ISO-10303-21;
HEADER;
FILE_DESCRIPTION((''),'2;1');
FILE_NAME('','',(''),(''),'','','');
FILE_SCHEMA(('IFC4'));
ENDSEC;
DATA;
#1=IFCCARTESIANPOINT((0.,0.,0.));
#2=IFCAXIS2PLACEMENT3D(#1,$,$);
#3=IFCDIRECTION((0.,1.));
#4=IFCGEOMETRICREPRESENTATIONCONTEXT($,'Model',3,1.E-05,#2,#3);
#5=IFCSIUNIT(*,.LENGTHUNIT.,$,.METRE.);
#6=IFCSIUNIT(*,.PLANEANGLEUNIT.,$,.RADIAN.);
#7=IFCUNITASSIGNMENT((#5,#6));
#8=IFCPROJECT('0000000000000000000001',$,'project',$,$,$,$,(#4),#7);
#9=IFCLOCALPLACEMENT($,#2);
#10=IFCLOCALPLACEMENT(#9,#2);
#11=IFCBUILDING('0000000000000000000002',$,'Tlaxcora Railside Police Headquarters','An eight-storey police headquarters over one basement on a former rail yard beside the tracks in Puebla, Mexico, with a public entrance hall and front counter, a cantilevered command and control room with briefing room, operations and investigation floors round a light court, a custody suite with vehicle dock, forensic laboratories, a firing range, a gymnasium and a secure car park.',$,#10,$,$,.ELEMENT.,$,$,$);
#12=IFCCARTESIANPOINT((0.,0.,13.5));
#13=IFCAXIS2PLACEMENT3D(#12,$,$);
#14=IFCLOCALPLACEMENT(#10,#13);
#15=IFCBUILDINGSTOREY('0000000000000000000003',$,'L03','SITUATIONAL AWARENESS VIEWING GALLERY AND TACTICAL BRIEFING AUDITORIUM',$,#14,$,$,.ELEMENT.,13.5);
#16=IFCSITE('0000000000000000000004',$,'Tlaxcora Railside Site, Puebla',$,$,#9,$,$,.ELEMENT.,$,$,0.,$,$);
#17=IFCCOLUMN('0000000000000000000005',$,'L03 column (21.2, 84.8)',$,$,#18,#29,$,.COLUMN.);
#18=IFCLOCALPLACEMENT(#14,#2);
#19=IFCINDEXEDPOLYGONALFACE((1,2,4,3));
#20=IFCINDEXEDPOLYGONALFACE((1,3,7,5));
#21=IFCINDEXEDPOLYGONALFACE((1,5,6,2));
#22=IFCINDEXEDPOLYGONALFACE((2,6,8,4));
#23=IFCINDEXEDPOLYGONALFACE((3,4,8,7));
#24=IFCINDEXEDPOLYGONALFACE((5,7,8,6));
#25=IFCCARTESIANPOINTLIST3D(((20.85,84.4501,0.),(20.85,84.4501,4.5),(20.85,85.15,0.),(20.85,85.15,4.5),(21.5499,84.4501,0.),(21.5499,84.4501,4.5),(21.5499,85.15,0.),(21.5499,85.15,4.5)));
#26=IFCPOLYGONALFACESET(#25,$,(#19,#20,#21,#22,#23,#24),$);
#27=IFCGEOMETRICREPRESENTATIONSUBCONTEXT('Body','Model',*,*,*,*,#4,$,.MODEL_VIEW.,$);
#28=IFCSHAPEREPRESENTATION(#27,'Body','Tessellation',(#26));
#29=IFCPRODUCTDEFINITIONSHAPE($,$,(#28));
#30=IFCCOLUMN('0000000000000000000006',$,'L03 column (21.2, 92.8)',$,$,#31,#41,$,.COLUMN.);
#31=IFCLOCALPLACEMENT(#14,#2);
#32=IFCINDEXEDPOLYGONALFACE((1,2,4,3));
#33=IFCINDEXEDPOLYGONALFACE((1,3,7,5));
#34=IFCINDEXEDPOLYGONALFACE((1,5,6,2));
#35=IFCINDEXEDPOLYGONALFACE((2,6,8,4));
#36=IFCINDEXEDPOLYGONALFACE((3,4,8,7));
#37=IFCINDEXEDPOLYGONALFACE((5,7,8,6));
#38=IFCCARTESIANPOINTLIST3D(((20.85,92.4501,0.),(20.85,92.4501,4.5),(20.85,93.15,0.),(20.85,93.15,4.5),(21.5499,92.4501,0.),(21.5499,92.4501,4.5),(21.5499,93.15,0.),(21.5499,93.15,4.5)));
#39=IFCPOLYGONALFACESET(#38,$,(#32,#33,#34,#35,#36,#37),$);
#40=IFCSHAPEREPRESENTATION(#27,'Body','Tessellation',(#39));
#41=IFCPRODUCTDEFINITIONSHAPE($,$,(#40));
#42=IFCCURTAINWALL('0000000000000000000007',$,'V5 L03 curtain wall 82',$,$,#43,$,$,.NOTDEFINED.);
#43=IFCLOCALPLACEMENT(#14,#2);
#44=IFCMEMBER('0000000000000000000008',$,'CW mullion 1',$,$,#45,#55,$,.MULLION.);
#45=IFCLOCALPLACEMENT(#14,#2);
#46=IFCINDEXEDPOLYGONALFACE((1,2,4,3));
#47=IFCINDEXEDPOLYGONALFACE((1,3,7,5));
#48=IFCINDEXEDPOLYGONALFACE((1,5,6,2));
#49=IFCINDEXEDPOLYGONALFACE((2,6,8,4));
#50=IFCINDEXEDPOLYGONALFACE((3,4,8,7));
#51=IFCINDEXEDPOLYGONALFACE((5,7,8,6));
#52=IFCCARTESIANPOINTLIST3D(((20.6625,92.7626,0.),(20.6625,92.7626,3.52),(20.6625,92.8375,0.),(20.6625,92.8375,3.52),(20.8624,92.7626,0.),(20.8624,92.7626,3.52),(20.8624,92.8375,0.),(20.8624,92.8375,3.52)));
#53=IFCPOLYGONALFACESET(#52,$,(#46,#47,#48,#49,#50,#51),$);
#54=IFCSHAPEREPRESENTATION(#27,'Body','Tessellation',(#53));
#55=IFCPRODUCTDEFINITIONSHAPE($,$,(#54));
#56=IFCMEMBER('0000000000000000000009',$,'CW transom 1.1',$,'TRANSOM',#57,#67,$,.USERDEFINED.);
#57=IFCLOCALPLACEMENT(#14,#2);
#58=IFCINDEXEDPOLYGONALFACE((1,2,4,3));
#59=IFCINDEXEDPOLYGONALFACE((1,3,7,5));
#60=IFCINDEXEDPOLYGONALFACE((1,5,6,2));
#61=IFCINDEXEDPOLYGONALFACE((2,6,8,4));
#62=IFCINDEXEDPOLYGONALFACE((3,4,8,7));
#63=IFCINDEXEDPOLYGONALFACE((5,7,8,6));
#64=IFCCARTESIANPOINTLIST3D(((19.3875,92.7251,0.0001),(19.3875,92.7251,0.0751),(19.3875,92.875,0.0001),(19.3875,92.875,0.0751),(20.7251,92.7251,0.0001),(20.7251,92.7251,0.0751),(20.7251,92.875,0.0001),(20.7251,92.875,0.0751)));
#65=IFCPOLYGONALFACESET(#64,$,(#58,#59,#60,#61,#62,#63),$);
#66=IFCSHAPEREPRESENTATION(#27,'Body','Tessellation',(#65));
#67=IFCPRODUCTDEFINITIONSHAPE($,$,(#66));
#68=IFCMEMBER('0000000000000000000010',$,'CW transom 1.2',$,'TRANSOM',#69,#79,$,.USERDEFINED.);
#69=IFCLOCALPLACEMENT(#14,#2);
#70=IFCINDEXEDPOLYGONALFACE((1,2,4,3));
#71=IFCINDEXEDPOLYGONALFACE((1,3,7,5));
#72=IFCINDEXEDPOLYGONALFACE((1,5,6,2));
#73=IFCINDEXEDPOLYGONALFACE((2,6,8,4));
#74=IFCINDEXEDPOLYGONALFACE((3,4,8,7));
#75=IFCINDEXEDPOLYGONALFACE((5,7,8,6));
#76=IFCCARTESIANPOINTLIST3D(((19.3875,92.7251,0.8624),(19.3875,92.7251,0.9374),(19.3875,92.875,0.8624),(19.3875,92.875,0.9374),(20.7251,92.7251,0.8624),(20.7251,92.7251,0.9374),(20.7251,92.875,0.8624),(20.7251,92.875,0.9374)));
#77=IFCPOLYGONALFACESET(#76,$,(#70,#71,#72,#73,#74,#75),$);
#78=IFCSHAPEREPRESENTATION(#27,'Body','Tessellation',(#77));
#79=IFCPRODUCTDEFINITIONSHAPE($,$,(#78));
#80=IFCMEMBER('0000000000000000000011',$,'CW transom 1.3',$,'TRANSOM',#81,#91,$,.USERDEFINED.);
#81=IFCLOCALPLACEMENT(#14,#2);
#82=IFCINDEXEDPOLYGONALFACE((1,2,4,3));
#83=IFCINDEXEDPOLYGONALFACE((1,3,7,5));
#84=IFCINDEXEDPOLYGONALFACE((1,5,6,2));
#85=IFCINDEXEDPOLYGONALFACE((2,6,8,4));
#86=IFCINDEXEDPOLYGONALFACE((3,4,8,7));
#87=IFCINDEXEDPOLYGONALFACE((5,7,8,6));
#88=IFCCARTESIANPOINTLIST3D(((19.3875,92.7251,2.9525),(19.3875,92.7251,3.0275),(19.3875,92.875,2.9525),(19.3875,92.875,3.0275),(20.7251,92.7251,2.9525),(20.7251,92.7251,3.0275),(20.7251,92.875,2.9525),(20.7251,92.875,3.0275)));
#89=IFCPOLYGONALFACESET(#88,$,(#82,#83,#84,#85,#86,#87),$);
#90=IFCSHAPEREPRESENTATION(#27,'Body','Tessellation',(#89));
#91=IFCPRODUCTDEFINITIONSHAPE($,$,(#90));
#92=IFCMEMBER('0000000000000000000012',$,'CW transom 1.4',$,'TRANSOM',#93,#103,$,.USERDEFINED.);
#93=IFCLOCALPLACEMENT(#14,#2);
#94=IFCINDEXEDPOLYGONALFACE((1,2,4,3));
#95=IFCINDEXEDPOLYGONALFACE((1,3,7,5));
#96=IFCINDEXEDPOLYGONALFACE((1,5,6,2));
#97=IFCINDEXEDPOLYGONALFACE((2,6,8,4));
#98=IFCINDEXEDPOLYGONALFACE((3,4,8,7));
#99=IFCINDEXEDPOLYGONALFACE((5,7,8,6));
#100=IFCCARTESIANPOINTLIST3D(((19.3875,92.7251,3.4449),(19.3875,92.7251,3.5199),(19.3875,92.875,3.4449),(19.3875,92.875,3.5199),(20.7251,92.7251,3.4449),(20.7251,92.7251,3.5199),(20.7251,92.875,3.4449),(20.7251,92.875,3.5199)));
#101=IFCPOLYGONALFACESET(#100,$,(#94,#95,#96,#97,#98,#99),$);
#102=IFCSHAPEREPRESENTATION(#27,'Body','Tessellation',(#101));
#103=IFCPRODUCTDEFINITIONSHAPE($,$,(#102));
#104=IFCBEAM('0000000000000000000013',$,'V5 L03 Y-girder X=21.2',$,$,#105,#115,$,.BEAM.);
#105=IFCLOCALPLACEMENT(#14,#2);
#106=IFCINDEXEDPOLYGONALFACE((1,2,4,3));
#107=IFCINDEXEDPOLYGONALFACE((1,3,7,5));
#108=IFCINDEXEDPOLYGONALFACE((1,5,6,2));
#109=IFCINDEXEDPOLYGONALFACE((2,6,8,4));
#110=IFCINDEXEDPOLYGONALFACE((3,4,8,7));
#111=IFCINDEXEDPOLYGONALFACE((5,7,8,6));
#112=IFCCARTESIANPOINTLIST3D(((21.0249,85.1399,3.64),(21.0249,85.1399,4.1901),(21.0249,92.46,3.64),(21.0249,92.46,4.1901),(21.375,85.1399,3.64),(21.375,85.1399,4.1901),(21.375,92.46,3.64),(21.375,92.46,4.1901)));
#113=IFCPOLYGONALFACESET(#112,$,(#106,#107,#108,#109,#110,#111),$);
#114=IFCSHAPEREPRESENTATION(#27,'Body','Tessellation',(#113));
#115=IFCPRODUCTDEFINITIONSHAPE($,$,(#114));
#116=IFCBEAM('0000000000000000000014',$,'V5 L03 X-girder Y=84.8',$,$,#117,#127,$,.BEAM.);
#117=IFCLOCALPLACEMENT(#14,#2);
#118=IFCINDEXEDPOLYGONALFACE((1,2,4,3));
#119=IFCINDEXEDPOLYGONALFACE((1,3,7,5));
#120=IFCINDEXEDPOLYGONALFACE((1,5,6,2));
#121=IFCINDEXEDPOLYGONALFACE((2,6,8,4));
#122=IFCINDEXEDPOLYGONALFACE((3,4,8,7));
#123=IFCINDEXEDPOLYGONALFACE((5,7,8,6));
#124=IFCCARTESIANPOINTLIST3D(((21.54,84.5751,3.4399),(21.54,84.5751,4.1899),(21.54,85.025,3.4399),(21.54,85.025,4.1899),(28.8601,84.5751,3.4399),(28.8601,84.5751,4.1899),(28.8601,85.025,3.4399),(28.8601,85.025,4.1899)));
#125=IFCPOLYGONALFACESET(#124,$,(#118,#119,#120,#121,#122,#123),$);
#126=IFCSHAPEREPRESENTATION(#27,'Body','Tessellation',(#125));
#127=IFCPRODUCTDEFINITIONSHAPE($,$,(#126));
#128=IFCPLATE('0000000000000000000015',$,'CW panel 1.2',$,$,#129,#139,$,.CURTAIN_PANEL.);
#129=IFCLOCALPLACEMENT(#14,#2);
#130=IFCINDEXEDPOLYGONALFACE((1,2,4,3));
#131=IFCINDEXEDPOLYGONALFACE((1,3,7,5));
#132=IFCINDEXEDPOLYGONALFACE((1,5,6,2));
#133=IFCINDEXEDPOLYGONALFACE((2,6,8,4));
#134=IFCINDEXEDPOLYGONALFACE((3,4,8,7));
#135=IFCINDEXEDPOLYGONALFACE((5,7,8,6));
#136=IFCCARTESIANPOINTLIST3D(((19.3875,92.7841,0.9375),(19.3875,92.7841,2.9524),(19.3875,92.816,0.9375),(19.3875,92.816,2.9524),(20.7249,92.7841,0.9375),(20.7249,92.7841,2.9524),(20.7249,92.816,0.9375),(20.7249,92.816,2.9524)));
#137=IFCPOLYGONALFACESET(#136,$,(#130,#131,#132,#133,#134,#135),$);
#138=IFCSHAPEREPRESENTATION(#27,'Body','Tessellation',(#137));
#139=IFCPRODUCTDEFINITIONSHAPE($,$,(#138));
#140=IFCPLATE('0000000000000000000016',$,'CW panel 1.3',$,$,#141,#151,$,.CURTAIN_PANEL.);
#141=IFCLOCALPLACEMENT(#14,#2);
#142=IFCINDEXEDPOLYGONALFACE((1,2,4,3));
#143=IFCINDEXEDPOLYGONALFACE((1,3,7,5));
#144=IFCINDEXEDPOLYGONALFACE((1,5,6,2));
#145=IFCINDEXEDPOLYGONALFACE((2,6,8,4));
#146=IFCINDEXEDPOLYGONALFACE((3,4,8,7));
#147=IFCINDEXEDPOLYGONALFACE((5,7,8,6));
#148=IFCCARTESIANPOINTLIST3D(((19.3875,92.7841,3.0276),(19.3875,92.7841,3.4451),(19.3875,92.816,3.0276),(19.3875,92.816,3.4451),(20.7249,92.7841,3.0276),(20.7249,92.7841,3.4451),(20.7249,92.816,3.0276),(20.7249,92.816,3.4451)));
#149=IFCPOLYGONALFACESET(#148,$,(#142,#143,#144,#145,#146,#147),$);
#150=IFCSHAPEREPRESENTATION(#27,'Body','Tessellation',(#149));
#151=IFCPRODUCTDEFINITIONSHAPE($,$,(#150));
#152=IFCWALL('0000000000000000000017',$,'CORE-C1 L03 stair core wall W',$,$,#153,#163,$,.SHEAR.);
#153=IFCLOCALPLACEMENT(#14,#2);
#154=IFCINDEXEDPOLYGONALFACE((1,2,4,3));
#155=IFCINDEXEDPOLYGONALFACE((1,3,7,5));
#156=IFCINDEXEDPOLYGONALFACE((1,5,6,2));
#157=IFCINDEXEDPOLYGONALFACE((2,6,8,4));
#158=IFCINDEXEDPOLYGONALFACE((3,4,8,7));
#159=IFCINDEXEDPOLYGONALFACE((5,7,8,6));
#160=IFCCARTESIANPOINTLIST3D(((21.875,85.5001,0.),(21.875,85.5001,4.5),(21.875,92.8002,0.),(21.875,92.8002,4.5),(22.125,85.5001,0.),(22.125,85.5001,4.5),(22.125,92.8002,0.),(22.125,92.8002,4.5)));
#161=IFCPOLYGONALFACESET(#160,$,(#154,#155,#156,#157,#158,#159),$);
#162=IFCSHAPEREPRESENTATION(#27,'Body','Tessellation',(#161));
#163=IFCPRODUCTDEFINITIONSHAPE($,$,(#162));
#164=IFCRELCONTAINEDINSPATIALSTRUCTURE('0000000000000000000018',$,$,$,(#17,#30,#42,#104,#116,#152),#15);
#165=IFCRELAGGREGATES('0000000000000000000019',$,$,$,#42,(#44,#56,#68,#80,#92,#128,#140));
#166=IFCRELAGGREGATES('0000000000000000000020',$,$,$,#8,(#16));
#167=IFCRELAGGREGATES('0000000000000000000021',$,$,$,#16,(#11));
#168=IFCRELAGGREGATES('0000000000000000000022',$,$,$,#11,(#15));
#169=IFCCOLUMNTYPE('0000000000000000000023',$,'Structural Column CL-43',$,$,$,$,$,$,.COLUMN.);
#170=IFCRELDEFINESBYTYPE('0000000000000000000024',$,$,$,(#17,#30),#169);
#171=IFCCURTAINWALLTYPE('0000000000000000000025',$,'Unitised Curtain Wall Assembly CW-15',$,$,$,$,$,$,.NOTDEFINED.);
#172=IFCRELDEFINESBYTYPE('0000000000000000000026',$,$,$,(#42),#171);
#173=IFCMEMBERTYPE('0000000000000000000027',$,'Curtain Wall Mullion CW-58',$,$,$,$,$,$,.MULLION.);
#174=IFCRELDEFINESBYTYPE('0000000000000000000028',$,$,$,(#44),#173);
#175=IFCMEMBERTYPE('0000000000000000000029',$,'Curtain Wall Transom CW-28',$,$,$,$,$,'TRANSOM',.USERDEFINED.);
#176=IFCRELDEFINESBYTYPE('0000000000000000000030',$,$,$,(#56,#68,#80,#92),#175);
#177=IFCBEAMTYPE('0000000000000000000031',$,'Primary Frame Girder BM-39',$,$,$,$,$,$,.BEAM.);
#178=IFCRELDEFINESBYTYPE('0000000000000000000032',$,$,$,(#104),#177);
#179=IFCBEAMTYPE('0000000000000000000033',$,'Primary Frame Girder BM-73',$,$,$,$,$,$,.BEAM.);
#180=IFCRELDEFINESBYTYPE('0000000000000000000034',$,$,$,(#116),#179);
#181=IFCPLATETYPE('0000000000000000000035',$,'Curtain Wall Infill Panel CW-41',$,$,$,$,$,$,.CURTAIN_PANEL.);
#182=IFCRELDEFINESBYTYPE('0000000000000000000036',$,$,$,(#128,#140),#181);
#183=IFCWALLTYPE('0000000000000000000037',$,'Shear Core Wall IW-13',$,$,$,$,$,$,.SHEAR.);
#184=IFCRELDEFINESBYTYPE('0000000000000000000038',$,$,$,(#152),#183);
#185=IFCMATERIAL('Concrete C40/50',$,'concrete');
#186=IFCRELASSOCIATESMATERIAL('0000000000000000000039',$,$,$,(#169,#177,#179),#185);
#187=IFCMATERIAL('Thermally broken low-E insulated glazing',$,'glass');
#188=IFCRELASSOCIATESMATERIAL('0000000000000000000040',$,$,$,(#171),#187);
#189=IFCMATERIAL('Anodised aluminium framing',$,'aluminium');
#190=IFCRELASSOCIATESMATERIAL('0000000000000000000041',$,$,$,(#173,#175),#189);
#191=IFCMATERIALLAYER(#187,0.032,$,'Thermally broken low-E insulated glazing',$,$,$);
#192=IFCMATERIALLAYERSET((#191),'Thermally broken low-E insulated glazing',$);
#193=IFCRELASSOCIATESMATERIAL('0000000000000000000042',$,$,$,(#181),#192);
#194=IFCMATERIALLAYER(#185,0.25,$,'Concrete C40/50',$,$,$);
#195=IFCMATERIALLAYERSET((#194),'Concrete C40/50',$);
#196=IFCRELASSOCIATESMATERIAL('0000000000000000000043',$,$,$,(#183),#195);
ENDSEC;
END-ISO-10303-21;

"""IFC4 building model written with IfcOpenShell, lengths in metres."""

from ifc_helpers import new_model, si_unit, direction, frame, frame_2d, origin, origin_2d, place, context, subcontext, project, spatial, rectangle, extrude, material, layer, layer_set, material_profile, profile_set, type_object, element, aggregate, save


model = new_model("IFC4")

# Units and contexts
model_context = context("Model", 3, precision=1e-05, world=origin(), true_north=direction((0.0, 1.0)))
body_context = subcontext(model_context, "Body", "Model", "MODEL_VIEW")
ifc_project = project(units=[si_unit("LENGTHUNIT", "METRE"), si_unit("PLANEANGLEUNIT", "RADIAN")], contexts=[model_context])

# Site, building, storey
site_placement = place(None, origin())
site = spatial("IfcSite", under=ifc_project, at=site_placement, Name="Tlaxcora Railside Site, Puebla", CompositionType="ELEMENT", RefElevation=0.0)
building_placement = place(site_placement, origin())
building = spatial("IfcBuilding", under=site, at=building_placement, Name="Tlaxcora Railside Police Headquarters", Description="An eight-storey police headquarters over one basement on a former rail yard beside the tracks in Puebla, Mexico, with a public entrance hall and front counter, a cantilevered command and control room with briefing room, operations and investigation floors round a light court, a custody suite with vehicle dock, forensic laboratories, a firing range, a gymnasium and a secure car park.", CompositionType="ELEMENT")
storey_placement = place(building_placement, frame((0.0, 0.0, 13.5)))
storey = spatial("IfcBuildingStorey", under=building, at=storey_placement, Name="L03", Description="SITUATIONAL AWARENESS VIEWING GALLERY AND TACTICAL BRIEFING AUDITORIUM", CompositionType="ELEMENT", Elevation=13.5)

# Columns
ifc_material_1 = material(Name="Concrete C40/50", Category="concrete")
ifc_material_profile_1 = material_profile(ifc_material_1, rectangle(XDim=0.7, YDim=0.7, at=origin_2d()), Name="RC700X700")
ifc_profile_set_1 = profile_set([ifc_material_profile_1], Name="Concrete C40/50")
column_type = type_object("IfcColumnType", Name="Structural Column CL-43", PredefinedType="COLUMN", material=ifc_profile_set_1)
for number, where, z_axis, x_axis, name in (
    (1, (21.2, 84.8, 0.0), (0.0, 0.0, 1.0), (1.0, 0.0, 0.0), "L03 column (21.2, 84.8)"),
    (2, (21.2, 92.8, 0.0), (0.0, 0.0, 1.0), (1.0, 0.0, 0.0), "L03 column (21.2, 92.8)"),
):
    element("IfcColumn", number, at=place(storey_placement, frame(where, z_axis=z_axis, x_axis=x_axis)), inside=storey, type_object=column_type, Name=name, PredefinedType="COLUMN", context=body_context, shape_type="SweptSolid", body=[
        extrude(rectangle(XDim=0.7, YDim=0.7, at=origin_2d()), origin(), (0.0, 0.0, 1.0), 4.5),
    ])

# Curtain wall, members
ifc_material_2 = material(Name="Thermally broken low-E insulated glazing", Category="glass")
curtain_wall_type = type_object("IfcCurtainWallType", Name="Unitised Curtain Wall Assembly CW-15", PredefinedType="NOTDEFINED", material=ifc_material_2)
curtain_wall_placement = place(storey_placement, origin())
curtain_wall = element("IfcCurtainWall", 3, at=curtain_wall_placement, inside=storey, type_object=curtain_wall_type, Name="V5 L03 curtain wall 82", PredefinedType="NOTDEFINED")
ifc_material_3 = material(Name="Anodised aluminium framing", Category="aluminium")
ifc_material_profile_2 = material_profile(ifc_material_3, rectangle(XDim=0.075, YDim=0.2, at=origin_2d()), Name="AL75X200")
ifc_profile_set_2 = profile_set([ifc_material_profile_2], Name="Anodised aluminium framing")
member_type_1 = type_object("IfcMemberType", Name="Curtain Wall Mullion CW-58", PredefinedType="MULLION", material=ifc_profile_set_2)
member_1_placement = place(storey_placement, frame((20.7625, 92.8, 0.0), z_axis=(0.0, 0.0, 1.0), x_axis=(0.0, -1.0, 0.0)))
member_1 = element("IfcMember", 4, at=member_1_placement, type_object=member_type_1, Name="CW mullion 1", PredefinedType="MULLION", context=body_context, shape_type="SweptSolid", body=[
    extrude(rectangle(XDim=0.075, YDim=0.2, at=origin_2d()), origin(), (0.0, 0.0, 1.0), 3.52),
])
ifc_material_profile_3 = material_profile(ifc_material_3, rectangle(XDim=0.1499, YDim=0.075, at=origin_2d()), Name="AL75X150")
ifc_profile_set_3 = profile_set([ifc_material_profile_3], Name="Anodised aluminium framing")
member_type_2 = type_object("IfcMemberType", Name="Curtain Wall Transom CW-28", ElementType="TRANSOM", PredefinedType="USERDEFINED", material=ifc_profile_set_3)
member_2_placement = place(storey_placement, frame((20.7251, 92.8, 0.0376), z_axis=(-1.0, 0.0, 0.0), x_axis=(0.0, -1.0, 0.0)))
member_2 = element("IfcMember", 5, at=member_2_placement, type_object=member_type_2, Name="CW transom 1.1", ObjectType="TRANSOM", PredefinedType="USERDEFINED", context=body_context, shape_type="SweptSolid", body=[
    extrude(rectangle(XDim=0.1499, YDim=0.075, at=origin_2d()), origin(), (0.0, 0.0, 1.0), 1.3376),
])
member_3_placement = place(storey_placement, frame((20.7251, 92.8, 0.8999), z_axis=(-1.0, 0.0, 0.0), x_axis=(0.0, -1.0, 0.0)))
member_3 = element("IfcMember", 6, at=member_3_placement, type_object=member_type_2, Name="CW transom 1.2", ObjectType="TRANSOM", PredefinedType="USERDEFINED", context=body_context, shape_type="SweptSolid", body=[
    extrude(rectangle(XDim=0.1499, YDim=0.075, at=origin_2d()), origin(), (0.0, 0.0, 1.0), 1.3376),
])
member_4_placement = place(storey_placement, frame((20.7251, 92.8, 2.99), z_axis=(-1.0, 0.0, 0.0), x_axis=(0.0, -1.0, 0.0)))
member_4 = element("IfcMember", 7, at=member_4_placement, type_object=member_type_2, Name="CW transom 1.3", ObjectType="TRANSOM", PredefinedType="USERDEFINED", context=body_context, shape_type="SweptSolid", body=[
    extrude(rectangle(XDim=0.1499, YDim=0.075, at=origin_2d()), origin(), (0.0, 0.0, 1.0), 1.3376),
])
member_5_placement = place(storey_placement, frame((20.7251, 92.8, 3.4824), z_axis=(-1.0, 0.0, 0.0), x_axis=(0.0, -1.0, 0.0)))
member_5 = element("IfcMember", 8, at=member_5_placement, type_object=member_type_2, Name="CW transom 1.4", ObjectType="TRANSOM", PredefinedType="USERDEFINED", context=body_context, shape_type="SweptSolid", body=[
    extrude(rectangle(XDim=0.1499, YDim=0.075, at=origin_2d()), origin(), (0.0, 0.0, 1.0), 1.3376),
])

# Beams
ifc_material_profile_4 = material_profile(ifc_material_1, rectangle(XDim=0.3501, YDim=0.55, at=origin_2d()), Name="RC350X550")
ifc_profile_set_4 = profile_set([ifc_material_profile_4], Name="Concrete C40/50")
beam_type_1 = type_object("IfcBeamType", Name="Primary Frame Girder BM-39", PredefinedType="BEAM", material=ifc_profile_set_4)
beam_1_placement = place(storey_placement, frame((21.2, 85.1399, 3.915), z_axis=(0.0, 1.0, 0.0), x_axis=(-1.0, 0.0, 0.0)))
element("IfcBeam", 9, at=beam_1_placement, inside=storey, type_object=beam_type_1, Name="V5 L03 Y-girder X=21.2", PredefinedType="BEAM", context=body_context, shape_type="SweptSolid", body=[
    extrude(rectangle(XDim=0.3501, YDim=0.55, at=origin_2d()), origin(), (0.0, 0.0, 1.0), 7.3201),
])
ifc_material_profile_5 = material_profile(ifc_material_1, rectangle(XDim=0.45, YDim=0.75, at=origin_2d()), Name="RC450X750")
ifc_profile_set_5 = profile_set([ifc_material_profile_5], Name="Concrete C40/50")
beam_type_2 = type_object("IfcBeamType", Name="Primary Frame Girder BM-73", PredefinedType="BEAM", material=ifc_profile_set_5)
beam_2_placement = place(storey_placement, frame((21.54, 84.8, 3.8149), z_axis=(1.0, 0.0, 0.0), x_axis=(0.0, 1.0, 0.0)))
element("IfcBeam", 10, at=beam_2_placement, inside=storey, type_object=beam_type_2, Name="V5 L03 X-girder Y=84.8", PredefinedType="BEAM", context=body_context, shape_type="SweptSolid", body=[
    extrude(rectangle(XDim=0.45, YDim=0.75, at=origin_2d()), origin(), (0.0, 0.0, 1.0), 7.3201),
])

# Plates
ifc_layer_1 = layer(ifc_material_2, 0.032, Name="Thermally broken low-E insulated glazing")
ifc_layer_set_1 = layer_set([ifc_layer_1], Name="Thermally broken low-E insulated glazing")
plate_type = type_object("IfcPlateType", Name="Curtain Wall Infill Panel CW-41", PredefinedType="CURTAIN_PANEL", material=ifc_layer_set_1)
plate_1_placement = place(storey_placement, frame((20.0562, 92.8, 0.9375), z_axis=(0.0, 0.0, 1.0), x_axis=(-1.0, 0.0, 0.0)))
plate_1 = element("IfcPlate", 11, at=plate_1_placement, type_object=plate_type, Name="CW panel 1.2", PredefinedType="CURTAIN_PANEL", context=body_context, shape_type="SweptSolid", body=[
    extrude(rectangle(XDim=1.3374, YDim=0.032, at=origin_2d()), origin(), (0.0, 0.0, 1.0), 2.0149),
])
plate_2_placement = place(storey_placement, frame((20.0562, 92.8, 3.0276), z_axis=(0.0, 0.0, 1.0), x_axis=(-1.0, 0.0, 0.0)))
plate_2 = element("IfcPlate", 12, at=plate_2_placement, type_object=plate_type, Name="CW panel 1.3", PredefinedType="CURTAIN_PANEL", context=body_context, shape_type="SweptSolid", body=[
    extrude(rectangle(XDim=1.3374, YDim=0.032, at=origin_2d()), origin(), (0.0, 0.0, 1.0), 0.4175),
])
aggregate(curtain_wall, [member_1, member_2, member_3, member_4, member_5, plate_1, plate_2])

# Shared definitions
ifc_layer_2 = layer(ifc_material_1, 0.25, Name="Concrete C40/50")
ifc_layer_set_2 = layer_set([ifc_layer_2], Name="Concrete C40/50")
wall_type = type_object("IfcWallType", Name="Shear Core Wall IW-13", PredefinedType="SHEAR", material=ifc_layer_set_2)

# Wall
wall_1_placement = place(storey_placement, frame((22.0, 92.8, 0.0), z_axis=(0.0, 0.0, 1.0), x_axis=(0.0, -1.0, 0.0)))
element("IfcWall", 13, at=wall_1_placement, inside=storey, type_object=wall_type, Name="CORE-C1 L03 stair core wall W", PredefinedType="SHEAR", context=body_context, shape_type="SweptSolid", body=[
    extrude(rectangle(XDim=7.3, YDim=0.25, at=frame_2d((3.6499, 0.0))), origin(), (0.0, 0.0, 1.0), 4.5),
])

save(model, "model.ifc")
